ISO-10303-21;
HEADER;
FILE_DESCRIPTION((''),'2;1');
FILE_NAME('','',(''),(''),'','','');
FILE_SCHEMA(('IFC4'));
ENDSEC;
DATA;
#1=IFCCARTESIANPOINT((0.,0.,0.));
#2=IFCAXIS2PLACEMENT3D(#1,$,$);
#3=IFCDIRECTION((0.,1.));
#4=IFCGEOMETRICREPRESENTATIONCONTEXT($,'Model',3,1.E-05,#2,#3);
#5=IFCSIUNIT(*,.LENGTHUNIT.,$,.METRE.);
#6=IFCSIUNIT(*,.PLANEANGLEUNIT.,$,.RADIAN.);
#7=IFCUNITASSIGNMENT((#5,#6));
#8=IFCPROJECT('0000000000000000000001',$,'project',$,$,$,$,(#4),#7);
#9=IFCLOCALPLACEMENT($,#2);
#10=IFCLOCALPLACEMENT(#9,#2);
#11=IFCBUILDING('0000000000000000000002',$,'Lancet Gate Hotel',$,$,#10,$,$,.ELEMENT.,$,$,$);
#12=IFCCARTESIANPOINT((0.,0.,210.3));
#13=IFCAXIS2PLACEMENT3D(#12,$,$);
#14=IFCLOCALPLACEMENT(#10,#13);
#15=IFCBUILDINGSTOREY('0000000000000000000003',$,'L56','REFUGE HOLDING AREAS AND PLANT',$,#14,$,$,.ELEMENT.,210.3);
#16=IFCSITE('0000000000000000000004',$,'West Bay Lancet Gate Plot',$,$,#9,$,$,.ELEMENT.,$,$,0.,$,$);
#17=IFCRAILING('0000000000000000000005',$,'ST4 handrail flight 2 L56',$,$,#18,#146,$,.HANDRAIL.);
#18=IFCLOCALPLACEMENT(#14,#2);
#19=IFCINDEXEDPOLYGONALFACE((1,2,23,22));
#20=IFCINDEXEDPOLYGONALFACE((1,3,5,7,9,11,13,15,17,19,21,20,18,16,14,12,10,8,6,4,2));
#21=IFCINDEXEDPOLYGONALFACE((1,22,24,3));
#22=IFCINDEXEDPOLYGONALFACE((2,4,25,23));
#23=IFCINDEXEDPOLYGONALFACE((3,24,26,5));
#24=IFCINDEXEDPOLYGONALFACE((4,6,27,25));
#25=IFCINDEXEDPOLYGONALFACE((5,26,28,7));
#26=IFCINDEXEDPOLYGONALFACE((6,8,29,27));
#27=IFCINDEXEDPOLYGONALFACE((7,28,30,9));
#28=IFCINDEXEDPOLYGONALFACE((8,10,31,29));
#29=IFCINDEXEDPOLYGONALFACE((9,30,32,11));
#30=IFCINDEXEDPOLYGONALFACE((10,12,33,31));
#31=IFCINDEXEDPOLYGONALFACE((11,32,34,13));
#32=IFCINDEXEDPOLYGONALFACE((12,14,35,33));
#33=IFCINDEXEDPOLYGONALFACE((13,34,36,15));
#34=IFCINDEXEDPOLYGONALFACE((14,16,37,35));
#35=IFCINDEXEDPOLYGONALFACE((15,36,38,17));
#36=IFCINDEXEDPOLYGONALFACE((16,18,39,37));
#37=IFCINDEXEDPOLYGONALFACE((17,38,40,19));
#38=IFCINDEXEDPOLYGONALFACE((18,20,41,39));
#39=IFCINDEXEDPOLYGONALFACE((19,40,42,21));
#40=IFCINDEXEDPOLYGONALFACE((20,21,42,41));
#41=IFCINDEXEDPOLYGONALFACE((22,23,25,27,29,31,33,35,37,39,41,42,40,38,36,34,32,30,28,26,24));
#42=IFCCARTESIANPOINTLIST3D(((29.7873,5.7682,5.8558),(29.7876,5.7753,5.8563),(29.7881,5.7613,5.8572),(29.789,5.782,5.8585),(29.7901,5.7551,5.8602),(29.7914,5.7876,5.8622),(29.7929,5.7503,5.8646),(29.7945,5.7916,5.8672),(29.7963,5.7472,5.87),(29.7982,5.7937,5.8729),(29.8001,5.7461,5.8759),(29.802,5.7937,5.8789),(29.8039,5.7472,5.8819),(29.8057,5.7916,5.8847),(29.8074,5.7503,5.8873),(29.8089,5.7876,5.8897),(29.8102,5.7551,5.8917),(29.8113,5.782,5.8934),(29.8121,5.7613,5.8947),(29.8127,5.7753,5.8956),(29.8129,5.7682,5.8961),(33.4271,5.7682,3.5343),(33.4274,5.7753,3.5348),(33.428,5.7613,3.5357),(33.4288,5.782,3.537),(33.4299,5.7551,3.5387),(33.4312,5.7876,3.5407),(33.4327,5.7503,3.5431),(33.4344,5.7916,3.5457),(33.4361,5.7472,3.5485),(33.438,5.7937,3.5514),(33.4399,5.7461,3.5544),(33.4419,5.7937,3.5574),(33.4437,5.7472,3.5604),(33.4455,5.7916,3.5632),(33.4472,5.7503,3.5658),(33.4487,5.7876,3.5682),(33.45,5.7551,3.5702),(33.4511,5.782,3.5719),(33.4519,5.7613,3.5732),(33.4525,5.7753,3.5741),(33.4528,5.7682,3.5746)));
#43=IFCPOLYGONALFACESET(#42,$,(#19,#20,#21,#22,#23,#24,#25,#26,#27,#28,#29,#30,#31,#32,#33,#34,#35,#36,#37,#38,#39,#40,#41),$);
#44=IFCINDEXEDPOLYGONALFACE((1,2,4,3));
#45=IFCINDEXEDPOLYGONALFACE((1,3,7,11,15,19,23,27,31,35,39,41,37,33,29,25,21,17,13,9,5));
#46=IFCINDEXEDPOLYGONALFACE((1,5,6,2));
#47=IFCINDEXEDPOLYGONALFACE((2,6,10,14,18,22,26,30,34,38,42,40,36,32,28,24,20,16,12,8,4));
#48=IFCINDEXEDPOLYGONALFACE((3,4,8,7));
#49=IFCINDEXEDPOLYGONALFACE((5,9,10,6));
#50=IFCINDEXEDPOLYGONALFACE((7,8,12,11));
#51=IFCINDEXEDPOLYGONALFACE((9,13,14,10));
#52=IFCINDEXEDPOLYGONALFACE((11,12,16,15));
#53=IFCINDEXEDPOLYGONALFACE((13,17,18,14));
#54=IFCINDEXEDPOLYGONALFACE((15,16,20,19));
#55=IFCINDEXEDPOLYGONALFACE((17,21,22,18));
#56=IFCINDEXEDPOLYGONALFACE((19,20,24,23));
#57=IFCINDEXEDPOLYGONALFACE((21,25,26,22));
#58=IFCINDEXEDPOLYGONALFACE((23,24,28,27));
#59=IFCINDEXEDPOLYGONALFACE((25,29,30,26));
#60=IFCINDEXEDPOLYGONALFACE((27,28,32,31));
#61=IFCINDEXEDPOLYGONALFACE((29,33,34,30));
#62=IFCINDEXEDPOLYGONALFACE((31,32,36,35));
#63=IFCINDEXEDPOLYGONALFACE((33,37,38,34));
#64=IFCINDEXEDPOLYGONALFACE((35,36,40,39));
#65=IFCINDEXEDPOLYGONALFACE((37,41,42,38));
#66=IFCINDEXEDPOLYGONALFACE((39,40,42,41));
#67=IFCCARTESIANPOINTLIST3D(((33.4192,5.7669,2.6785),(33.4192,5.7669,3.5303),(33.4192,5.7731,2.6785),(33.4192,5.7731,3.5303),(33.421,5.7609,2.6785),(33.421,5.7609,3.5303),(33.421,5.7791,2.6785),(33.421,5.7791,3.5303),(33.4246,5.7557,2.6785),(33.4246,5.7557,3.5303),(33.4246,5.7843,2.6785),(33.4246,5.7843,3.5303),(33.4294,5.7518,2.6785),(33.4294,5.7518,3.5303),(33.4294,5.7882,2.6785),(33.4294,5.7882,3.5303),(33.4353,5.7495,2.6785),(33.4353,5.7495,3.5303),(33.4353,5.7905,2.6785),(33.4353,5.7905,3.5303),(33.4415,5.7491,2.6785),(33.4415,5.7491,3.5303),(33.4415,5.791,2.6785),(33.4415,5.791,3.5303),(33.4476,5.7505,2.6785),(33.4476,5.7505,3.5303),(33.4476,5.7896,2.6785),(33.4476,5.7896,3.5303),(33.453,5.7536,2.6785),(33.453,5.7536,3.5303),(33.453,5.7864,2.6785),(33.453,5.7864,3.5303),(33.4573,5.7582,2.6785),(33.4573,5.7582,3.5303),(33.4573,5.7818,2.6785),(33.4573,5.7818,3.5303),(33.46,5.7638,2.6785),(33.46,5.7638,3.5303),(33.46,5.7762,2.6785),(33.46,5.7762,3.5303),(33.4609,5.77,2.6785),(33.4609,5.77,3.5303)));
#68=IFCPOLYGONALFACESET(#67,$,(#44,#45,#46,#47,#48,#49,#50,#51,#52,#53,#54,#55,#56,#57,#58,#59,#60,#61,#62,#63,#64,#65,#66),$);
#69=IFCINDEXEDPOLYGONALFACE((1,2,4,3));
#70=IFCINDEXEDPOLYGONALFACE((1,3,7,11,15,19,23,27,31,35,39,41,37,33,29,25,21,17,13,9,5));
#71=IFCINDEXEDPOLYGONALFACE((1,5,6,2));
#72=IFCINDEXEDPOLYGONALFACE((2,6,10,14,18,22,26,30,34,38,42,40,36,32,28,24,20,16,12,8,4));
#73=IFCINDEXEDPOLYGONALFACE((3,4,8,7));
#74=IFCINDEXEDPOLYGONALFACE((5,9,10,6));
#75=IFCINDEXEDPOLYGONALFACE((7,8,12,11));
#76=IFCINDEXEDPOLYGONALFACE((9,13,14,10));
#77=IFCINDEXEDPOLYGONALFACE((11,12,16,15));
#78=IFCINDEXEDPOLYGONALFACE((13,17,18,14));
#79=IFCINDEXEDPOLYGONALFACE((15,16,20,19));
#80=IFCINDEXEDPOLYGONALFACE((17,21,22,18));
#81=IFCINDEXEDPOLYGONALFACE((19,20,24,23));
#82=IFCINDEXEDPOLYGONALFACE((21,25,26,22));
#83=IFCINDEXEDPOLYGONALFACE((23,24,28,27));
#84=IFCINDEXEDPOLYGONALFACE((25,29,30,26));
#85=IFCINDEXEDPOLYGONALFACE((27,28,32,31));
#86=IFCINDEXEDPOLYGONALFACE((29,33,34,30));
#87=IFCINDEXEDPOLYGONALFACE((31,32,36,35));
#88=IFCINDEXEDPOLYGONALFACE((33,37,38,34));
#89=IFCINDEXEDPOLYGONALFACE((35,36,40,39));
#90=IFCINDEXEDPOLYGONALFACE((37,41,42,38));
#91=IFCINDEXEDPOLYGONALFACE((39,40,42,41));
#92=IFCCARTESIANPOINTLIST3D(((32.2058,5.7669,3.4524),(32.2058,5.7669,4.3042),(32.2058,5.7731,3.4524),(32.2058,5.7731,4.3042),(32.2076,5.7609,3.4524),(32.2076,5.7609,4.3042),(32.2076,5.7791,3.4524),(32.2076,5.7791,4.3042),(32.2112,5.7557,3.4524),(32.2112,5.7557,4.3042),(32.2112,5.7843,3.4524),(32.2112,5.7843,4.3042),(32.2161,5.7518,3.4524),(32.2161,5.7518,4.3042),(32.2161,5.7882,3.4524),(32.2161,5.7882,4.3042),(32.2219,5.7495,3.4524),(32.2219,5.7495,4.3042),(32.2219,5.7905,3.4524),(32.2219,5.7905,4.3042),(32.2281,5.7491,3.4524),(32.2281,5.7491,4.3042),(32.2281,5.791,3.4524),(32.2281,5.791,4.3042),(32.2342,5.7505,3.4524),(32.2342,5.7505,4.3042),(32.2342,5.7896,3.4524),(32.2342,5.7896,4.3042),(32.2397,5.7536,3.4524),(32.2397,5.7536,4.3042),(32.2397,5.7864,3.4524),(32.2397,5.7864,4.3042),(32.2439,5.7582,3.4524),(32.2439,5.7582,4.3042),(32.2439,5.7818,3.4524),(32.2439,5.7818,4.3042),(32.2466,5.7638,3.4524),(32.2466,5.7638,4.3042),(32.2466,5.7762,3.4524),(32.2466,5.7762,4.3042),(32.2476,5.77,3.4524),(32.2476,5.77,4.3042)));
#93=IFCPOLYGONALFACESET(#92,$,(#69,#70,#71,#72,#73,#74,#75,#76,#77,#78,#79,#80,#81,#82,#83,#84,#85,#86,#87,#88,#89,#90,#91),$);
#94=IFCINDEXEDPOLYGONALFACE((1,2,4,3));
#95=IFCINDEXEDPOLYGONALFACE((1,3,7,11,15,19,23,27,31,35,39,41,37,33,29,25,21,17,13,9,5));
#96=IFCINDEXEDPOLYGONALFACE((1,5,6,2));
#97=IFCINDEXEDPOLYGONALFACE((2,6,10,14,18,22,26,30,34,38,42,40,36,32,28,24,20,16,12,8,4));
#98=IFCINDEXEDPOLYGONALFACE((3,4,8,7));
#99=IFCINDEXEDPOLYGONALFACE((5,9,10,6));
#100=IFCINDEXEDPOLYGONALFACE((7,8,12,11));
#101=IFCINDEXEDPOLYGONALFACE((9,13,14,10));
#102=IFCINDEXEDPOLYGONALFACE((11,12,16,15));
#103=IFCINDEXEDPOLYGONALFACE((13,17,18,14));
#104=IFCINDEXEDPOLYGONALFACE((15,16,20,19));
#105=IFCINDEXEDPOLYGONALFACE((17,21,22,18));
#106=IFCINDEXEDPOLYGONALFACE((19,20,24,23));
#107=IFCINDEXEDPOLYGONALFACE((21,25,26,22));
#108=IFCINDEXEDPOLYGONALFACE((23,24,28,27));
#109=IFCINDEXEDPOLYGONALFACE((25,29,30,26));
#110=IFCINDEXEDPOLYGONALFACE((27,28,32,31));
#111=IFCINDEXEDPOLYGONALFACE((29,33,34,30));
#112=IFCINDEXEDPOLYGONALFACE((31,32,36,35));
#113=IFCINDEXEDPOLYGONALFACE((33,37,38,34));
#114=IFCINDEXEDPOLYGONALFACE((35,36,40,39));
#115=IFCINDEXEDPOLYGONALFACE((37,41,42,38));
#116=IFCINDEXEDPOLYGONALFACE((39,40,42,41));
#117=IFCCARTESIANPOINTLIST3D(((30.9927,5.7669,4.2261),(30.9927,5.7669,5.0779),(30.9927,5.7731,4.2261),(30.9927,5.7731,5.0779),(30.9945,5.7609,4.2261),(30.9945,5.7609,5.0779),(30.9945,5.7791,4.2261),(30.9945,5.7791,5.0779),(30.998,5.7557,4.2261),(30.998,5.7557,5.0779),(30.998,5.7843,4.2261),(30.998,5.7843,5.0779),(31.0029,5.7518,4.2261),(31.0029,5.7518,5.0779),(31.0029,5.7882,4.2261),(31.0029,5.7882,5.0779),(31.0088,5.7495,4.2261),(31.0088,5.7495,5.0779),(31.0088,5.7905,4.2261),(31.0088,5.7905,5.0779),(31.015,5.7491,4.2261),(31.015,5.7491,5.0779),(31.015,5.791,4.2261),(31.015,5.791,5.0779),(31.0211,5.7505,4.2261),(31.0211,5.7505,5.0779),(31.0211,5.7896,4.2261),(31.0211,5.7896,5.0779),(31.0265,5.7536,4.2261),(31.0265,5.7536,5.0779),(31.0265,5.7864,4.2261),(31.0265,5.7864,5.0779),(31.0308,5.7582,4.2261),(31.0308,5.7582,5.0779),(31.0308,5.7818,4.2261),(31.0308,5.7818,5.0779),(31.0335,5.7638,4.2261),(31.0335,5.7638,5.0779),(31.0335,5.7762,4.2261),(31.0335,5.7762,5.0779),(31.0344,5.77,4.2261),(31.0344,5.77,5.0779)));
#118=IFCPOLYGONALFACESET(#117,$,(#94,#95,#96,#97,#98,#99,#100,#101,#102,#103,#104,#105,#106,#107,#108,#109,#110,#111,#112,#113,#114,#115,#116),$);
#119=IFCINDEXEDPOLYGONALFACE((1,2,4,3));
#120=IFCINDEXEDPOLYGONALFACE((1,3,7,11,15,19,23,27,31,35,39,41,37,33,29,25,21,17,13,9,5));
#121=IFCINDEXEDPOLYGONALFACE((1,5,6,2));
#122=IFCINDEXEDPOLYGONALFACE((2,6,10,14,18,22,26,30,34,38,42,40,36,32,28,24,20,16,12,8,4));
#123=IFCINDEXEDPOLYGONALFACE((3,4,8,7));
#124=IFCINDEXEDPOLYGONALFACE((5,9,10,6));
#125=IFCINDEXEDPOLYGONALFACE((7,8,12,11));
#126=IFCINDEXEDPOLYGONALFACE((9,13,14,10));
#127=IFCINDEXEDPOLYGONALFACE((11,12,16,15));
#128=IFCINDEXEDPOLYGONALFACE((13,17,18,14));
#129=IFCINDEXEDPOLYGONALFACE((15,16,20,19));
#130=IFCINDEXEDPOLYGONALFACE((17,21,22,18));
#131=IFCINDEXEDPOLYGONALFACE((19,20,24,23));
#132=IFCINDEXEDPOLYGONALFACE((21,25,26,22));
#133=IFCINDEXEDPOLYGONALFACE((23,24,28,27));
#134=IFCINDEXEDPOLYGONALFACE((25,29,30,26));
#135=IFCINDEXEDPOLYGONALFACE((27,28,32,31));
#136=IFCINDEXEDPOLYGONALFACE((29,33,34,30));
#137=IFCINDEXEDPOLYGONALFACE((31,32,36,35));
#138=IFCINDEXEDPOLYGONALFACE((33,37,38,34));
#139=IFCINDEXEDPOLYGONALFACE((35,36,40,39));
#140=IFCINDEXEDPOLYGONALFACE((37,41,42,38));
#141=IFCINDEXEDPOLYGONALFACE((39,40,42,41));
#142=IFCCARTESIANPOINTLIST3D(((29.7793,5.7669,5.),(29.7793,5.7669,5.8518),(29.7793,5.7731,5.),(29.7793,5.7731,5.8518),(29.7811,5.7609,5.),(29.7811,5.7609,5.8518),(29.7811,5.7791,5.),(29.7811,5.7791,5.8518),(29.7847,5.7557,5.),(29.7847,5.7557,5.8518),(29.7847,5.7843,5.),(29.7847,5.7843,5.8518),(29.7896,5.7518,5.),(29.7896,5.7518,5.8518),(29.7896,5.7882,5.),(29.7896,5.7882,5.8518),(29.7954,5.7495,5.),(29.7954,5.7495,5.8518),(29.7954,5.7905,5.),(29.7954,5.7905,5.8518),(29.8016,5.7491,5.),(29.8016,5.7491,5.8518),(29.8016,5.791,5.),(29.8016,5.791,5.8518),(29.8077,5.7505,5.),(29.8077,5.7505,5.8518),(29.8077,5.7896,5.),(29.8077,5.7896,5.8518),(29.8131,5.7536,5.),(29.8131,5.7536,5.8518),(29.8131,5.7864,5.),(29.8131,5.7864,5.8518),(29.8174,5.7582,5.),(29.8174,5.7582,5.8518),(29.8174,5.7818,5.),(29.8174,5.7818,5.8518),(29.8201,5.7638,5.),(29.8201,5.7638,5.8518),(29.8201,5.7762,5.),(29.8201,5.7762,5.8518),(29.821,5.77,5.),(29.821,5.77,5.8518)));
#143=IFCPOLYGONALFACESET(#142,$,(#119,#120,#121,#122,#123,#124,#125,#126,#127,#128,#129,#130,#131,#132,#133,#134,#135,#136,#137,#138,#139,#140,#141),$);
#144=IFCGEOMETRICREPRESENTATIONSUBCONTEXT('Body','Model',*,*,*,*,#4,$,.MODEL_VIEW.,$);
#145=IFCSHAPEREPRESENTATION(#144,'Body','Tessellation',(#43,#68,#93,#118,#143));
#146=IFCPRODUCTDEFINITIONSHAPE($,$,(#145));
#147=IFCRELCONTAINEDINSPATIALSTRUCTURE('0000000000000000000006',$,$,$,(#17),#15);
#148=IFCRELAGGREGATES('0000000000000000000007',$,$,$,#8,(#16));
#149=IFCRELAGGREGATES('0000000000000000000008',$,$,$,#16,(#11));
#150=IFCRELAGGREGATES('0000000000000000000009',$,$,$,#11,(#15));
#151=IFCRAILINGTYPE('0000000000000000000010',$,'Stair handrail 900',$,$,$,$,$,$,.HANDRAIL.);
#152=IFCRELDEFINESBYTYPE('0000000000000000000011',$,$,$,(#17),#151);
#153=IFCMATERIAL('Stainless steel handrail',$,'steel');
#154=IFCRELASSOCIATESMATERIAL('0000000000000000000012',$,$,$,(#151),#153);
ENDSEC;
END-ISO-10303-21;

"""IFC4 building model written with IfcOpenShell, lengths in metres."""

from ifc_helpers import new_model, si_unit, direction, frame, origin, origin_2d, place, context, subcontext, project, spatial, circle, extrude, material, type_object, element, save


model = new_model("IFC4")

# Units and contexts
model_context = context("Model", 3, precision=1e-05, world=origin(), true_north=direction((0.0, 1.0)))
body_context = subcontext(model_context, "Body", "Model", "MODEL_VIEW")
ifc_project = project(units=[si_unit("LENGTHUNIT", "METRE"), si_unit("PLANEANGLEUNIT", "RADIAN")], contexts=[model_context])

# Site, building, storey
site_placement = place(None, origin())
site = spatial("IfcSite", under=ifc_project, at=site_placement, Name="West Bay Lancet Gate Plot", CompositionType="ELEMENT", RefElevation=0.0)
building_placement = place(site_placement, origin())
building = spatial("IfcBuilding", under=site, at=building_placement, Name="Lancet Gate Hotel", CompositionType="ELEMENT")
storey_placement = place(building_placement, frame((0.0, 0.0, 210.3)))
storey = spatial("IfcBuildingStorey", under=building, at=storey_placement, Name="L56", Description="REFUGE HOLDING AREAS AND PLANT", CompositionType="ELEMENT", Elevation=210.3)

# Railing
ifc_material_1 = material(Name="Stainless steel handrail", Category="steel")
railing_type = type_object("IfcRailingType", Name="Stair handrail 900", PredefinedType="HANDRAIL", material=ifc_material_1)
railing_1_placement = place(storey_placement, frame((33.4399, 5.77, 2.6785)))
element("IfcRailing", 1, at=railing_1_placement, inside=storey, type_object=railing_type, Name="ST4 handrail flight 2 L56", PredefinedType="HANDRAIL", context=body_context, shape_type="SweptSolid", body=[
    extrude(circle(Radius=0.0239, at=origin_2d()), frame((0.0, 0.0, 0.876), z_axis=(-0.843112, 0.0, 0.537739), x_axis=(0.0, -1.0, 0.0)), (0.0, 0.0, 1.0), 4.3171),
    extrude(circle(Radius=0.021, at=origin_2d()), origin(), (0.0, 0.0, 1.0), 0.8518),
    extrude(circle(Radius=0.021, at=origin_2d()), frame((-1.2134, 0.0, 0.7739)), (0.0, 0.0, 1.0), 0.8518),
    extrude(circle(Radius=0.021, at=origin_2d()), frame((-2.4265, 0.0, 1.5476)), (0.0, 0.0, 1.0), 0.8518),
    extrude(circle(Radius=0.021, at=origin_2d()), frame((-3.6399, 0.0, 2.3215)), (0.0, 0.0, 1.0), 0.8518),
])

save(model, "model.ifc")
